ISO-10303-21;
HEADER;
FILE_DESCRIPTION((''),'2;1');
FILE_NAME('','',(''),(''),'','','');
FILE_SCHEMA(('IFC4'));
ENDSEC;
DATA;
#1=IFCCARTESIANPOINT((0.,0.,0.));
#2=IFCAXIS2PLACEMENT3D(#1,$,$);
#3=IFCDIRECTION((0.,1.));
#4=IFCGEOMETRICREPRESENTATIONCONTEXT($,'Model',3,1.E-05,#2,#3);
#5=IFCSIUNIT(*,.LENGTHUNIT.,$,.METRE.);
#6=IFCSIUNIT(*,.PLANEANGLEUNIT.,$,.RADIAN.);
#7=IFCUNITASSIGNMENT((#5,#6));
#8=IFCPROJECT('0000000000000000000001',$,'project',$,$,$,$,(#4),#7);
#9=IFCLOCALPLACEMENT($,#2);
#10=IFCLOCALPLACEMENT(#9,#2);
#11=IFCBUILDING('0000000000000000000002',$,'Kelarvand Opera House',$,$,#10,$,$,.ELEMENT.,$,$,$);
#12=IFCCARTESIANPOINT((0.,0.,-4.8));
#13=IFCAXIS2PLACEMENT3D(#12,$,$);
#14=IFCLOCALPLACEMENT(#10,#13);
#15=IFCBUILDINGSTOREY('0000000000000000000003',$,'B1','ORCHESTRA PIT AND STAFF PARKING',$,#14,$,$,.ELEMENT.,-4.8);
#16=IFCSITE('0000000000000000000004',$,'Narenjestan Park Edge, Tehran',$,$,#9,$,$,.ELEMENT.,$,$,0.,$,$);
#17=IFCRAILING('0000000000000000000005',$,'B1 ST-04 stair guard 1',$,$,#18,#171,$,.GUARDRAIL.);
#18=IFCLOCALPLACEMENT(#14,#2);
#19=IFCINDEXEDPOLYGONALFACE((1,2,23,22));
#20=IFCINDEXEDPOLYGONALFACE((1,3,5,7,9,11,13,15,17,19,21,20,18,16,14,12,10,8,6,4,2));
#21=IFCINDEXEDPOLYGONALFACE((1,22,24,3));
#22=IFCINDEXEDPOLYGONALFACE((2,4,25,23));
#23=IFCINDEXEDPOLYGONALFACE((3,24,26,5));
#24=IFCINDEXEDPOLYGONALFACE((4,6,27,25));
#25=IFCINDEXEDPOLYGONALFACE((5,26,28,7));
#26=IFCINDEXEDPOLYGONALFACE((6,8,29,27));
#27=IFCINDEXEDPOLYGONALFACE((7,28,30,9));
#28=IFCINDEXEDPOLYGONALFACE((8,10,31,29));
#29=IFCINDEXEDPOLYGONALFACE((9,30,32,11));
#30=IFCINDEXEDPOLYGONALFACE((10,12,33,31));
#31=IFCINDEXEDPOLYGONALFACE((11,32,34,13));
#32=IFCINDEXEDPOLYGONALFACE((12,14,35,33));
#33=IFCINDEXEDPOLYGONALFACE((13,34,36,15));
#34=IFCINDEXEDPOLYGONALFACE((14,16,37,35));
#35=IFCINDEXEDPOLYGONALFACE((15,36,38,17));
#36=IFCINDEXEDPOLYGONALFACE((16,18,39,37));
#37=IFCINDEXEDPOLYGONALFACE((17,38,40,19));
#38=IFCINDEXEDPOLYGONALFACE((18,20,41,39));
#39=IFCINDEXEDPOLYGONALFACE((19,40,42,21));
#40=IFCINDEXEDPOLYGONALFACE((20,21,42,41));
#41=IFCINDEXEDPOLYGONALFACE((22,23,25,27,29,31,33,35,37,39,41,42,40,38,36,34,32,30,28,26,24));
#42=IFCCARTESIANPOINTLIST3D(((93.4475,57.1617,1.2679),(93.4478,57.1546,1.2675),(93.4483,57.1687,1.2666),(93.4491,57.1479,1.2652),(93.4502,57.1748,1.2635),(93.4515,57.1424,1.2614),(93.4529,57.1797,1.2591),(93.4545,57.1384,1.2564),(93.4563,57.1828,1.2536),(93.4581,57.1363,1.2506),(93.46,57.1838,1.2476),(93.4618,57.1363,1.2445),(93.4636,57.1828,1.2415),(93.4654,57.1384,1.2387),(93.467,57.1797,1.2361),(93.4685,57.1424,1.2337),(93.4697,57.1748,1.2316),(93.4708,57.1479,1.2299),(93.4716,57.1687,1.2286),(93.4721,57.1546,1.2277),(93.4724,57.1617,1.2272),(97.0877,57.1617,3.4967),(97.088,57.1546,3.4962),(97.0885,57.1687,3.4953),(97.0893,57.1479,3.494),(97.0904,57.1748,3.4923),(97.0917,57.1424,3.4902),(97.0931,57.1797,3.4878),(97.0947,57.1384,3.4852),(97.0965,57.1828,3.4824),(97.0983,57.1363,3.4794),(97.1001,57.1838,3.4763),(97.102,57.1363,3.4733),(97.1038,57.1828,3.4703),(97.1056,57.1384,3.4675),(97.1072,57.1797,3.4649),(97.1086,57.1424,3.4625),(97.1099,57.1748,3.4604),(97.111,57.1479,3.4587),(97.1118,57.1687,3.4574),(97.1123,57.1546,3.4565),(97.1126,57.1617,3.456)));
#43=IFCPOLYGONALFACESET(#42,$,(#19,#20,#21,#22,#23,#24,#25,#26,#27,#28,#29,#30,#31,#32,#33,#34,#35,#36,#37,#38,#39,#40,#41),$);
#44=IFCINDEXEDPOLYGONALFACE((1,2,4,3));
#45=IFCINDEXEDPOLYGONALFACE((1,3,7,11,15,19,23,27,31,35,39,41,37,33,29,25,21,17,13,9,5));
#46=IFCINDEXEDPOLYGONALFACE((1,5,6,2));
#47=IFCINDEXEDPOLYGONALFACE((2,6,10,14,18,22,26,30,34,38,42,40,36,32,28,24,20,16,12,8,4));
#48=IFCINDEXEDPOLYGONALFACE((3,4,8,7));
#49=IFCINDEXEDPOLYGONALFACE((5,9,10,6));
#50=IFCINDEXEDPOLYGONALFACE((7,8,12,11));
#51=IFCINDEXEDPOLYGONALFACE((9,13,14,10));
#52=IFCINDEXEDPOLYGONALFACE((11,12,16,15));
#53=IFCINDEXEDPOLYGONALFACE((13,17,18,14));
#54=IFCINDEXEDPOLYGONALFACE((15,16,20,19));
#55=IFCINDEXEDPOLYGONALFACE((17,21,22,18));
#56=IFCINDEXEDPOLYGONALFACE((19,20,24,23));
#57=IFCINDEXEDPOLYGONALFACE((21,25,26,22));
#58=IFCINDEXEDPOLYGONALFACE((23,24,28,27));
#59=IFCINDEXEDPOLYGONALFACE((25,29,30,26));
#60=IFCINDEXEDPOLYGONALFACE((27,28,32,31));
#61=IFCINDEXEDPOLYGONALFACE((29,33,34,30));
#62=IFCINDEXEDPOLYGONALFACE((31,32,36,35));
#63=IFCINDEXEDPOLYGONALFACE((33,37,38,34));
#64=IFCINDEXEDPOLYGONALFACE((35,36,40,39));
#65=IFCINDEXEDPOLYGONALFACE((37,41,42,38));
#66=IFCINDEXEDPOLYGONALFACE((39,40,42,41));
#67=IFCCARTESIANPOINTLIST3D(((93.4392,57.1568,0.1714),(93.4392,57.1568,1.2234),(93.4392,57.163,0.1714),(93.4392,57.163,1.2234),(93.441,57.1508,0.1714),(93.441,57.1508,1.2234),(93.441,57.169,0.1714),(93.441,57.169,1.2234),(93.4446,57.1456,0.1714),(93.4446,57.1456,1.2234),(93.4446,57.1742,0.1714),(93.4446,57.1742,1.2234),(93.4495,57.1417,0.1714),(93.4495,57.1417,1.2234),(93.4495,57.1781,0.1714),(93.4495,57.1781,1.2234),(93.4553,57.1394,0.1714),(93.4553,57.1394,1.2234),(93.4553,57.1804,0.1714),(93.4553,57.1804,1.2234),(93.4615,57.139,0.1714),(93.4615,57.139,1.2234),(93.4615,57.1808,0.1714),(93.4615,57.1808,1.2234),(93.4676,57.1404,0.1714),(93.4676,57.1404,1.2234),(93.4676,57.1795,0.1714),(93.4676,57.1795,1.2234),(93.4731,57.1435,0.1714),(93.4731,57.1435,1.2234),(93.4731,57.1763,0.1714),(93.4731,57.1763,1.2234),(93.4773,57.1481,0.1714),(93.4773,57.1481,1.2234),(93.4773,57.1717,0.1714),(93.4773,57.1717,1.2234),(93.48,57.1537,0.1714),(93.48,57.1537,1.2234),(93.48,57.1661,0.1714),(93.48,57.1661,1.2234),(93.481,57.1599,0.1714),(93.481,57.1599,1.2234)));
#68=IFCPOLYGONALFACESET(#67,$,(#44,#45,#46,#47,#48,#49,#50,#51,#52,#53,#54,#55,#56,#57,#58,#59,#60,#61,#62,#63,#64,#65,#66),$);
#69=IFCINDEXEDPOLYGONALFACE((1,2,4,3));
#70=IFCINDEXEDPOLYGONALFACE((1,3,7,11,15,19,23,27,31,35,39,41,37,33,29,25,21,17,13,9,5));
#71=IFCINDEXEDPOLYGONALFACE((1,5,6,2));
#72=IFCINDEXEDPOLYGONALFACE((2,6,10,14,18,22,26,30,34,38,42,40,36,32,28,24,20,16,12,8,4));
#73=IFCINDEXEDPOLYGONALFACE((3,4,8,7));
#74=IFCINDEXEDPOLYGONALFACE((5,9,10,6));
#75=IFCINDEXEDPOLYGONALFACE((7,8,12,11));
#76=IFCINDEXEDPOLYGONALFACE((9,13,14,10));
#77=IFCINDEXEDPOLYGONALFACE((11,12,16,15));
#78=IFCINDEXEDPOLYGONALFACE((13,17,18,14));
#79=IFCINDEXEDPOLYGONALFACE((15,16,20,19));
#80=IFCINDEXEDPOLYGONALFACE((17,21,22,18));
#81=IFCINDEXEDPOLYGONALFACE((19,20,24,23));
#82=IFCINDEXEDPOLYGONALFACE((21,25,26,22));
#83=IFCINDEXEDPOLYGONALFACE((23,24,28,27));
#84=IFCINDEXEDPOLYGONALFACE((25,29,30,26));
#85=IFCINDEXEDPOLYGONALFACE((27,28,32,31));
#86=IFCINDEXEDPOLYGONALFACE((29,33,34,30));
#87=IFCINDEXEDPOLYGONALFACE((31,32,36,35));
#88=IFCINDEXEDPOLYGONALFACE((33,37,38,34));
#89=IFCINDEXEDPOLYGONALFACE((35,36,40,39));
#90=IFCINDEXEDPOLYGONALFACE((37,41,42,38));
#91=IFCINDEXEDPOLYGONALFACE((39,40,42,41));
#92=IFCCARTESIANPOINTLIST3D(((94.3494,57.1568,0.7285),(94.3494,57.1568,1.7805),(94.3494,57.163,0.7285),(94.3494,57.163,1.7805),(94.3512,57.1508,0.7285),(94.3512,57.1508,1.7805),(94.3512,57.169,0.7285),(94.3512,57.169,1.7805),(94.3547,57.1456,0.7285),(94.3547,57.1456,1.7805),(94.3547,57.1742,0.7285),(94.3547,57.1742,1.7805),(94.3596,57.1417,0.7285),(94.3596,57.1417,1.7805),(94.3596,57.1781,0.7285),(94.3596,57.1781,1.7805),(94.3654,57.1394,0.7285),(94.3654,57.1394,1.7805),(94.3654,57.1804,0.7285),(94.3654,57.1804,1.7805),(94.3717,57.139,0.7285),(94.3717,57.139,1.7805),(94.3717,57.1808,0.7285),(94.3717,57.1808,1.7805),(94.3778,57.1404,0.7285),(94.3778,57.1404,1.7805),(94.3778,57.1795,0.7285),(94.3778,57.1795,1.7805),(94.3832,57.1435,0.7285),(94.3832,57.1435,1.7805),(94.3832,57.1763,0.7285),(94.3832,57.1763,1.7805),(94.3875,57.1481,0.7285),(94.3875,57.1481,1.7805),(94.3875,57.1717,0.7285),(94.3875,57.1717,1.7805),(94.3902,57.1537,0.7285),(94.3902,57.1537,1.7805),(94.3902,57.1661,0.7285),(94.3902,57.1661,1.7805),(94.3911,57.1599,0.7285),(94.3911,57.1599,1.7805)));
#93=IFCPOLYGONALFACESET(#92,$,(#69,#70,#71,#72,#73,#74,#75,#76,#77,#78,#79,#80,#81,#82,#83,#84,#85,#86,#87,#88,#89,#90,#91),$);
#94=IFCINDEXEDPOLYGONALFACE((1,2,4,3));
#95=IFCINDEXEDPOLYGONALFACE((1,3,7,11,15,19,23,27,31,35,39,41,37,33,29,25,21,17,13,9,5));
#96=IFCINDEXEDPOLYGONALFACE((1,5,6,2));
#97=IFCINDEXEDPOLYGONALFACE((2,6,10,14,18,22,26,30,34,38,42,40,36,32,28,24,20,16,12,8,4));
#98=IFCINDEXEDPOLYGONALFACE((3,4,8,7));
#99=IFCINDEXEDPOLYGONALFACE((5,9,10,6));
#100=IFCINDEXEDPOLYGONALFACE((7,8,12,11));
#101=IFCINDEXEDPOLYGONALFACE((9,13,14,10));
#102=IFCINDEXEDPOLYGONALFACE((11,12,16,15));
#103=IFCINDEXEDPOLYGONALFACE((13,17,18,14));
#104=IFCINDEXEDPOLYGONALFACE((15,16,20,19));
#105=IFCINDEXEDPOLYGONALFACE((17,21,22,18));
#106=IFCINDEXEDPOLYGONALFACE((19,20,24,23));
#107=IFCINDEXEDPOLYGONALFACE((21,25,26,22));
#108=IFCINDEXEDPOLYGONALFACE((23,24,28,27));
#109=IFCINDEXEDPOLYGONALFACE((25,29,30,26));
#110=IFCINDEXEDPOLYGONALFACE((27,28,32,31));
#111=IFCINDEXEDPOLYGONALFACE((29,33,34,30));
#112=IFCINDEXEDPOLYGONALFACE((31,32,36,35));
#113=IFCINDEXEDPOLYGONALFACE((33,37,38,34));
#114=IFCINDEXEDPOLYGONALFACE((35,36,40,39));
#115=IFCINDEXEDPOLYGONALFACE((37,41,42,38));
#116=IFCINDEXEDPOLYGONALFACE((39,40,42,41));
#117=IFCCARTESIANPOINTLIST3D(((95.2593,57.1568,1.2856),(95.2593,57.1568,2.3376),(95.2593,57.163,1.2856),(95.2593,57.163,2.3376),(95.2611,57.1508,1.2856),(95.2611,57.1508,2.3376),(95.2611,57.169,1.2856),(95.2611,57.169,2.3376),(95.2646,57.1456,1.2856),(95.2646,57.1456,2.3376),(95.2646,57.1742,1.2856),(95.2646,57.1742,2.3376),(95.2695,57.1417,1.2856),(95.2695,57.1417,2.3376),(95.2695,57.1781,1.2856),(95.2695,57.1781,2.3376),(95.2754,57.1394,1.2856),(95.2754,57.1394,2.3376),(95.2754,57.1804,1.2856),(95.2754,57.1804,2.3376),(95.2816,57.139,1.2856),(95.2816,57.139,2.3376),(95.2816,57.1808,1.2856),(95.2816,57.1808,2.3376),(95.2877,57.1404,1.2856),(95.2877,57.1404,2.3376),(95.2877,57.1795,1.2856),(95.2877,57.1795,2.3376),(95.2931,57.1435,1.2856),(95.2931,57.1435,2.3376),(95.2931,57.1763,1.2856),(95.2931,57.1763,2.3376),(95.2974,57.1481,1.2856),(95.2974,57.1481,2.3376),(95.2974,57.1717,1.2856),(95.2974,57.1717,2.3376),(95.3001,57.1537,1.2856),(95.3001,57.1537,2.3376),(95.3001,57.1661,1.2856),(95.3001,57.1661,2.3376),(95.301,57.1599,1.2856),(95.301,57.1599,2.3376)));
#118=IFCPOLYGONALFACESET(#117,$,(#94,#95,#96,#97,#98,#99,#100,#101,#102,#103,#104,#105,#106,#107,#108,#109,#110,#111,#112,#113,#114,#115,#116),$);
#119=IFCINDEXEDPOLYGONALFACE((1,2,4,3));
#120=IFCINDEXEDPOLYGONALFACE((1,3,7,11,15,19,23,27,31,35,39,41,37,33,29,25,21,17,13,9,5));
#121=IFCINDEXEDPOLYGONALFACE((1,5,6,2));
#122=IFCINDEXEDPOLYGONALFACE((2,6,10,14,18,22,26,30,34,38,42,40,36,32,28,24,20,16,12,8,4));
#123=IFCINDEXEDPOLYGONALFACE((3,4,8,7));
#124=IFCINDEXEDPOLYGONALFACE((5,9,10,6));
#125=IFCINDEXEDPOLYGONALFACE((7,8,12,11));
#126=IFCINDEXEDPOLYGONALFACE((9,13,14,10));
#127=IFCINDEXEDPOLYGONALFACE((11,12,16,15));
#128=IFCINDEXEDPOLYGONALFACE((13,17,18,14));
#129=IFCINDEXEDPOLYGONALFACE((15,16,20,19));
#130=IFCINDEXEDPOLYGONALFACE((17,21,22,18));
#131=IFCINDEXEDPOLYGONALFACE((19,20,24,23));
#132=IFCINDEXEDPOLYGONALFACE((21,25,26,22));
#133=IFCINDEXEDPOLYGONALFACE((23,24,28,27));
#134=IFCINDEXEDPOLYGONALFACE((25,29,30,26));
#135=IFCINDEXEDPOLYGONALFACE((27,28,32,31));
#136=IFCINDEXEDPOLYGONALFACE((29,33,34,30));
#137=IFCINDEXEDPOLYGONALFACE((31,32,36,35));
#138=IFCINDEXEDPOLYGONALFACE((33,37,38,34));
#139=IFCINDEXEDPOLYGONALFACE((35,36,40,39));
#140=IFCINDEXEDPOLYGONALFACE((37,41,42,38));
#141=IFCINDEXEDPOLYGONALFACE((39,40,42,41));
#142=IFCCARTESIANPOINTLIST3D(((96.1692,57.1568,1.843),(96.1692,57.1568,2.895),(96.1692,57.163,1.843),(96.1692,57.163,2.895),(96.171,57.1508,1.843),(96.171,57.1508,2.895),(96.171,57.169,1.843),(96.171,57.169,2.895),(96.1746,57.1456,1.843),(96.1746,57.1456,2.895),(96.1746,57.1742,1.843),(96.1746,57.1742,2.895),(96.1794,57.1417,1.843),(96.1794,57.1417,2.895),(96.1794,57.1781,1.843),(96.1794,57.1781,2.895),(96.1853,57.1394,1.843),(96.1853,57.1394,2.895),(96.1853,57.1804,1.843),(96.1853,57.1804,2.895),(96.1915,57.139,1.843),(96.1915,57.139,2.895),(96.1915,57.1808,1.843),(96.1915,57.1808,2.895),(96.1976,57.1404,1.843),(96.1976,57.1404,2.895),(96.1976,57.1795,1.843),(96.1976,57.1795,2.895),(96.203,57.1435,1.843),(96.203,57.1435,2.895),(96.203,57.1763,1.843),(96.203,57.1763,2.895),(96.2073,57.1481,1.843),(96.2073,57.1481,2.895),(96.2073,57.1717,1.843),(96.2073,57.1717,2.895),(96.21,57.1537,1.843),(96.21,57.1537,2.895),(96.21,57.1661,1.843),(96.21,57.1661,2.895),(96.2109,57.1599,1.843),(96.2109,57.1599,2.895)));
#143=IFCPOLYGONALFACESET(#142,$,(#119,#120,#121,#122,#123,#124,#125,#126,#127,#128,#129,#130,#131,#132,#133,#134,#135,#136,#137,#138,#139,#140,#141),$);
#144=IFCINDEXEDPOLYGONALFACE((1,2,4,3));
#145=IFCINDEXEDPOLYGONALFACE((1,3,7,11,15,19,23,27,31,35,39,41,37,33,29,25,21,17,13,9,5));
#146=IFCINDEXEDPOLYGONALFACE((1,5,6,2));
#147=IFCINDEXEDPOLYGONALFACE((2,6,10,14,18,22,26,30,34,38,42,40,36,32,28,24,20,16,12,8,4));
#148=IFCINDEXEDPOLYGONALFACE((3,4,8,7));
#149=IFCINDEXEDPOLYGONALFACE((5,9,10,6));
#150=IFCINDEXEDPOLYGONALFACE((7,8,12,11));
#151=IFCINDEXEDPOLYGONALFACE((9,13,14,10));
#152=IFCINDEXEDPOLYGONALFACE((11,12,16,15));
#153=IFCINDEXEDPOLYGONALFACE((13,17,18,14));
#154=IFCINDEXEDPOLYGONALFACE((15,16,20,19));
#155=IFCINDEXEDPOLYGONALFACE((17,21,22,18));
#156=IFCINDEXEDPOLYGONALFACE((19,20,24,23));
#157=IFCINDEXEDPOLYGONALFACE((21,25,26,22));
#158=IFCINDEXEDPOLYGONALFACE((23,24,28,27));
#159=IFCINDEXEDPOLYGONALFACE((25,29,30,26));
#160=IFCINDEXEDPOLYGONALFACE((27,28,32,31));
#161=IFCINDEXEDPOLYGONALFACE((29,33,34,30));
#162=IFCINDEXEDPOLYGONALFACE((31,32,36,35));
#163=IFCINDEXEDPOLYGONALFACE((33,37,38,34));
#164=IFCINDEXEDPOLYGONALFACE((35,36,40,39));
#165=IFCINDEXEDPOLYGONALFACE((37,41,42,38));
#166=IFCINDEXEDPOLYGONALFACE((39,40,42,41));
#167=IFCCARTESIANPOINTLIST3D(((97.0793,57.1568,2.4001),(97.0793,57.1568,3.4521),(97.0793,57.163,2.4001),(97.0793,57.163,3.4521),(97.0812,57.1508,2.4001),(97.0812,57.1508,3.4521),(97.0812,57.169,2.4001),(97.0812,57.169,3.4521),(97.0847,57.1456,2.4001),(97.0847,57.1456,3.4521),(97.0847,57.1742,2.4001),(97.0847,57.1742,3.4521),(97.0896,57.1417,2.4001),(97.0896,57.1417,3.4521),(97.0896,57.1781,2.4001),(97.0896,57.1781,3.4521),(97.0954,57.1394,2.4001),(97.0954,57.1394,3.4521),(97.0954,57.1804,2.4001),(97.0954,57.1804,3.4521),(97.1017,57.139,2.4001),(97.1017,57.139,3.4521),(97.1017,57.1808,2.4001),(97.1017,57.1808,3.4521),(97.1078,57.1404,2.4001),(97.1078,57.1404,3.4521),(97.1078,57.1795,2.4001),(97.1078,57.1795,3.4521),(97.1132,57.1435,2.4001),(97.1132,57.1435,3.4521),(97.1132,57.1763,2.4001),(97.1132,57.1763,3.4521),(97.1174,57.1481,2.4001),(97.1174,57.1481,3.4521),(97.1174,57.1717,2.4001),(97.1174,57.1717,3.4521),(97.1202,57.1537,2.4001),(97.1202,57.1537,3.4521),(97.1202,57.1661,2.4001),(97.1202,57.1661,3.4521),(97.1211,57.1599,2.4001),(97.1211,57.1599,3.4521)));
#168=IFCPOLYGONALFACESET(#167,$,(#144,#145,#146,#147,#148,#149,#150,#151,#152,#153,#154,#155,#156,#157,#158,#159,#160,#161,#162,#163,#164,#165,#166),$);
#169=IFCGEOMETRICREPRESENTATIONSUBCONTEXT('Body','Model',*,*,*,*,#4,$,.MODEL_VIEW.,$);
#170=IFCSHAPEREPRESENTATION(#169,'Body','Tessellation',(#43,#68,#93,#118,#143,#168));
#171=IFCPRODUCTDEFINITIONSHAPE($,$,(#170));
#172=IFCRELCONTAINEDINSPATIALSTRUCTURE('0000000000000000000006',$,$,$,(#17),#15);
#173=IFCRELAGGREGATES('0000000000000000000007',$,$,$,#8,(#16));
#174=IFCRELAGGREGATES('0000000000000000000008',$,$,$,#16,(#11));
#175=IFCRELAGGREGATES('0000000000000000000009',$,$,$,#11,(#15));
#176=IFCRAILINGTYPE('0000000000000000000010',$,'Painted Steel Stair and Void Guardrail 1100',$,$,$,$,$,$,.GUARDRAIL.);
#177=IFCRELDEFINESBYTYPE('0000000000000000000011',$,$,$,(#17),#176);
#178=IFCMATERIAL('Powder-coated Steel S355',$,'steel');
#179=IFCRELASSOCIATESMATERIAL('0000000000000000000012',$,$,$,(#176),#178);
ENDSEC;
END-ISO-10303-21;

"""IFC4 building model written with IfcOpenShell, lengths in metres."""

from ifc_helpers import new_model, si_unit, direction, frame, origin, origin_2d, place, context, subcontext, project, spatial, circle, extrude, material, type_object, element, save


model = new_model("IFC4")

# Units and contexts
model_context = context("Model", 3, precision=1e-05, world=origin(), true_north=direction((0.0, 1.0)))
body_context = subcontext(model_context, "Body", "Model", "MODEL_VIEW")
ifc_project = project(units=[si_unit("LENGTHUNIT", "METRE"), si_unit("PLANEANGLEUNIT", "RADIAN")], contexts=[model_context])

# Site, building, storey
site_placement = place(None, origin())
site = spatial("IfcSite", under=ifc_project, at=site_placement, Name="Narenjestan Park Edge, Tehran", CompositionType="ELEMENT", RefElevation=0.0)
building_placement = place(site_placement, origin())
building = spatial("IfcBuilding", under=site, at=building_placement, Name="Kelarvand Opera House", CompositionType="ELEMENT")
storey_placement = place(building_placement, frame((0.0, 0.0, -4.8)))
storey = spatial("IfcBuildingStorey", under=building, at=storey_placement, Name="B1", Description="ORCHESTRA PIT AND STAFF PARKING", CompositionType="ELEMENT", Elevation=-4.8)

# Railing
ifc_material_1 = material(Name="Powder-coated Steel S355", Category="steel")
railing_type_1 = type_object("IfcRailingType", Name="Painted Steel Stair and Void Guardrail 1100", PredefinedType="GUARDRAIL", material=ifc_material_1)
railing_1_placement = place(storey_placement, frame((93.46, 57.1599, 0.1714)))
element("IfcRailing", 1, at=railing_1_placement, inside=storey, type_object=railing_type_1, Name="B1 ST-04 stair guard 1", PredefinedType="GUARDRAIL", context=body_context, shape_type="SweptSolid", body=[
    extrude(circle(Radius=0.0239, at=origin_2d()), frame((0.0, 0.0, 1.0762), z_axis=(0.85284, 0.0, 0.522172), x_axis=(0.0, 1.0, 0.0)), (0.0, 0.0, 1.0), 4.2683),
    extrude(circle(Radius=0.021, at=origin_2d()), origin(), (0.0, 0.0, 1.0), 1.052),
    extrude(circle(Radius=0.021, at=origin_2d()), frame((0.9102, 0.0, 0.5571)), (0.0, 0.0, 1.0), 1.052),
    extrude(circle(Radius=0.021, at=origin_2d()), frame((1.8201, 0.0, 1.1143)), (0.0, 0.0, 1.0), 1.052),
    extrude(circle(Radius=0.021, at=origin_2d()), frame((2.73, 0.0, 1.6716)), (0.0, 0.0, 1.0), 1.052),
    extrude(circle(Radius=0.021, at=origin_2d()), frame((3.6401, 0.0, 2.2288)), (0.0, 0.0, 1.0), 1.052),
])

save(model, "model.ifc")
